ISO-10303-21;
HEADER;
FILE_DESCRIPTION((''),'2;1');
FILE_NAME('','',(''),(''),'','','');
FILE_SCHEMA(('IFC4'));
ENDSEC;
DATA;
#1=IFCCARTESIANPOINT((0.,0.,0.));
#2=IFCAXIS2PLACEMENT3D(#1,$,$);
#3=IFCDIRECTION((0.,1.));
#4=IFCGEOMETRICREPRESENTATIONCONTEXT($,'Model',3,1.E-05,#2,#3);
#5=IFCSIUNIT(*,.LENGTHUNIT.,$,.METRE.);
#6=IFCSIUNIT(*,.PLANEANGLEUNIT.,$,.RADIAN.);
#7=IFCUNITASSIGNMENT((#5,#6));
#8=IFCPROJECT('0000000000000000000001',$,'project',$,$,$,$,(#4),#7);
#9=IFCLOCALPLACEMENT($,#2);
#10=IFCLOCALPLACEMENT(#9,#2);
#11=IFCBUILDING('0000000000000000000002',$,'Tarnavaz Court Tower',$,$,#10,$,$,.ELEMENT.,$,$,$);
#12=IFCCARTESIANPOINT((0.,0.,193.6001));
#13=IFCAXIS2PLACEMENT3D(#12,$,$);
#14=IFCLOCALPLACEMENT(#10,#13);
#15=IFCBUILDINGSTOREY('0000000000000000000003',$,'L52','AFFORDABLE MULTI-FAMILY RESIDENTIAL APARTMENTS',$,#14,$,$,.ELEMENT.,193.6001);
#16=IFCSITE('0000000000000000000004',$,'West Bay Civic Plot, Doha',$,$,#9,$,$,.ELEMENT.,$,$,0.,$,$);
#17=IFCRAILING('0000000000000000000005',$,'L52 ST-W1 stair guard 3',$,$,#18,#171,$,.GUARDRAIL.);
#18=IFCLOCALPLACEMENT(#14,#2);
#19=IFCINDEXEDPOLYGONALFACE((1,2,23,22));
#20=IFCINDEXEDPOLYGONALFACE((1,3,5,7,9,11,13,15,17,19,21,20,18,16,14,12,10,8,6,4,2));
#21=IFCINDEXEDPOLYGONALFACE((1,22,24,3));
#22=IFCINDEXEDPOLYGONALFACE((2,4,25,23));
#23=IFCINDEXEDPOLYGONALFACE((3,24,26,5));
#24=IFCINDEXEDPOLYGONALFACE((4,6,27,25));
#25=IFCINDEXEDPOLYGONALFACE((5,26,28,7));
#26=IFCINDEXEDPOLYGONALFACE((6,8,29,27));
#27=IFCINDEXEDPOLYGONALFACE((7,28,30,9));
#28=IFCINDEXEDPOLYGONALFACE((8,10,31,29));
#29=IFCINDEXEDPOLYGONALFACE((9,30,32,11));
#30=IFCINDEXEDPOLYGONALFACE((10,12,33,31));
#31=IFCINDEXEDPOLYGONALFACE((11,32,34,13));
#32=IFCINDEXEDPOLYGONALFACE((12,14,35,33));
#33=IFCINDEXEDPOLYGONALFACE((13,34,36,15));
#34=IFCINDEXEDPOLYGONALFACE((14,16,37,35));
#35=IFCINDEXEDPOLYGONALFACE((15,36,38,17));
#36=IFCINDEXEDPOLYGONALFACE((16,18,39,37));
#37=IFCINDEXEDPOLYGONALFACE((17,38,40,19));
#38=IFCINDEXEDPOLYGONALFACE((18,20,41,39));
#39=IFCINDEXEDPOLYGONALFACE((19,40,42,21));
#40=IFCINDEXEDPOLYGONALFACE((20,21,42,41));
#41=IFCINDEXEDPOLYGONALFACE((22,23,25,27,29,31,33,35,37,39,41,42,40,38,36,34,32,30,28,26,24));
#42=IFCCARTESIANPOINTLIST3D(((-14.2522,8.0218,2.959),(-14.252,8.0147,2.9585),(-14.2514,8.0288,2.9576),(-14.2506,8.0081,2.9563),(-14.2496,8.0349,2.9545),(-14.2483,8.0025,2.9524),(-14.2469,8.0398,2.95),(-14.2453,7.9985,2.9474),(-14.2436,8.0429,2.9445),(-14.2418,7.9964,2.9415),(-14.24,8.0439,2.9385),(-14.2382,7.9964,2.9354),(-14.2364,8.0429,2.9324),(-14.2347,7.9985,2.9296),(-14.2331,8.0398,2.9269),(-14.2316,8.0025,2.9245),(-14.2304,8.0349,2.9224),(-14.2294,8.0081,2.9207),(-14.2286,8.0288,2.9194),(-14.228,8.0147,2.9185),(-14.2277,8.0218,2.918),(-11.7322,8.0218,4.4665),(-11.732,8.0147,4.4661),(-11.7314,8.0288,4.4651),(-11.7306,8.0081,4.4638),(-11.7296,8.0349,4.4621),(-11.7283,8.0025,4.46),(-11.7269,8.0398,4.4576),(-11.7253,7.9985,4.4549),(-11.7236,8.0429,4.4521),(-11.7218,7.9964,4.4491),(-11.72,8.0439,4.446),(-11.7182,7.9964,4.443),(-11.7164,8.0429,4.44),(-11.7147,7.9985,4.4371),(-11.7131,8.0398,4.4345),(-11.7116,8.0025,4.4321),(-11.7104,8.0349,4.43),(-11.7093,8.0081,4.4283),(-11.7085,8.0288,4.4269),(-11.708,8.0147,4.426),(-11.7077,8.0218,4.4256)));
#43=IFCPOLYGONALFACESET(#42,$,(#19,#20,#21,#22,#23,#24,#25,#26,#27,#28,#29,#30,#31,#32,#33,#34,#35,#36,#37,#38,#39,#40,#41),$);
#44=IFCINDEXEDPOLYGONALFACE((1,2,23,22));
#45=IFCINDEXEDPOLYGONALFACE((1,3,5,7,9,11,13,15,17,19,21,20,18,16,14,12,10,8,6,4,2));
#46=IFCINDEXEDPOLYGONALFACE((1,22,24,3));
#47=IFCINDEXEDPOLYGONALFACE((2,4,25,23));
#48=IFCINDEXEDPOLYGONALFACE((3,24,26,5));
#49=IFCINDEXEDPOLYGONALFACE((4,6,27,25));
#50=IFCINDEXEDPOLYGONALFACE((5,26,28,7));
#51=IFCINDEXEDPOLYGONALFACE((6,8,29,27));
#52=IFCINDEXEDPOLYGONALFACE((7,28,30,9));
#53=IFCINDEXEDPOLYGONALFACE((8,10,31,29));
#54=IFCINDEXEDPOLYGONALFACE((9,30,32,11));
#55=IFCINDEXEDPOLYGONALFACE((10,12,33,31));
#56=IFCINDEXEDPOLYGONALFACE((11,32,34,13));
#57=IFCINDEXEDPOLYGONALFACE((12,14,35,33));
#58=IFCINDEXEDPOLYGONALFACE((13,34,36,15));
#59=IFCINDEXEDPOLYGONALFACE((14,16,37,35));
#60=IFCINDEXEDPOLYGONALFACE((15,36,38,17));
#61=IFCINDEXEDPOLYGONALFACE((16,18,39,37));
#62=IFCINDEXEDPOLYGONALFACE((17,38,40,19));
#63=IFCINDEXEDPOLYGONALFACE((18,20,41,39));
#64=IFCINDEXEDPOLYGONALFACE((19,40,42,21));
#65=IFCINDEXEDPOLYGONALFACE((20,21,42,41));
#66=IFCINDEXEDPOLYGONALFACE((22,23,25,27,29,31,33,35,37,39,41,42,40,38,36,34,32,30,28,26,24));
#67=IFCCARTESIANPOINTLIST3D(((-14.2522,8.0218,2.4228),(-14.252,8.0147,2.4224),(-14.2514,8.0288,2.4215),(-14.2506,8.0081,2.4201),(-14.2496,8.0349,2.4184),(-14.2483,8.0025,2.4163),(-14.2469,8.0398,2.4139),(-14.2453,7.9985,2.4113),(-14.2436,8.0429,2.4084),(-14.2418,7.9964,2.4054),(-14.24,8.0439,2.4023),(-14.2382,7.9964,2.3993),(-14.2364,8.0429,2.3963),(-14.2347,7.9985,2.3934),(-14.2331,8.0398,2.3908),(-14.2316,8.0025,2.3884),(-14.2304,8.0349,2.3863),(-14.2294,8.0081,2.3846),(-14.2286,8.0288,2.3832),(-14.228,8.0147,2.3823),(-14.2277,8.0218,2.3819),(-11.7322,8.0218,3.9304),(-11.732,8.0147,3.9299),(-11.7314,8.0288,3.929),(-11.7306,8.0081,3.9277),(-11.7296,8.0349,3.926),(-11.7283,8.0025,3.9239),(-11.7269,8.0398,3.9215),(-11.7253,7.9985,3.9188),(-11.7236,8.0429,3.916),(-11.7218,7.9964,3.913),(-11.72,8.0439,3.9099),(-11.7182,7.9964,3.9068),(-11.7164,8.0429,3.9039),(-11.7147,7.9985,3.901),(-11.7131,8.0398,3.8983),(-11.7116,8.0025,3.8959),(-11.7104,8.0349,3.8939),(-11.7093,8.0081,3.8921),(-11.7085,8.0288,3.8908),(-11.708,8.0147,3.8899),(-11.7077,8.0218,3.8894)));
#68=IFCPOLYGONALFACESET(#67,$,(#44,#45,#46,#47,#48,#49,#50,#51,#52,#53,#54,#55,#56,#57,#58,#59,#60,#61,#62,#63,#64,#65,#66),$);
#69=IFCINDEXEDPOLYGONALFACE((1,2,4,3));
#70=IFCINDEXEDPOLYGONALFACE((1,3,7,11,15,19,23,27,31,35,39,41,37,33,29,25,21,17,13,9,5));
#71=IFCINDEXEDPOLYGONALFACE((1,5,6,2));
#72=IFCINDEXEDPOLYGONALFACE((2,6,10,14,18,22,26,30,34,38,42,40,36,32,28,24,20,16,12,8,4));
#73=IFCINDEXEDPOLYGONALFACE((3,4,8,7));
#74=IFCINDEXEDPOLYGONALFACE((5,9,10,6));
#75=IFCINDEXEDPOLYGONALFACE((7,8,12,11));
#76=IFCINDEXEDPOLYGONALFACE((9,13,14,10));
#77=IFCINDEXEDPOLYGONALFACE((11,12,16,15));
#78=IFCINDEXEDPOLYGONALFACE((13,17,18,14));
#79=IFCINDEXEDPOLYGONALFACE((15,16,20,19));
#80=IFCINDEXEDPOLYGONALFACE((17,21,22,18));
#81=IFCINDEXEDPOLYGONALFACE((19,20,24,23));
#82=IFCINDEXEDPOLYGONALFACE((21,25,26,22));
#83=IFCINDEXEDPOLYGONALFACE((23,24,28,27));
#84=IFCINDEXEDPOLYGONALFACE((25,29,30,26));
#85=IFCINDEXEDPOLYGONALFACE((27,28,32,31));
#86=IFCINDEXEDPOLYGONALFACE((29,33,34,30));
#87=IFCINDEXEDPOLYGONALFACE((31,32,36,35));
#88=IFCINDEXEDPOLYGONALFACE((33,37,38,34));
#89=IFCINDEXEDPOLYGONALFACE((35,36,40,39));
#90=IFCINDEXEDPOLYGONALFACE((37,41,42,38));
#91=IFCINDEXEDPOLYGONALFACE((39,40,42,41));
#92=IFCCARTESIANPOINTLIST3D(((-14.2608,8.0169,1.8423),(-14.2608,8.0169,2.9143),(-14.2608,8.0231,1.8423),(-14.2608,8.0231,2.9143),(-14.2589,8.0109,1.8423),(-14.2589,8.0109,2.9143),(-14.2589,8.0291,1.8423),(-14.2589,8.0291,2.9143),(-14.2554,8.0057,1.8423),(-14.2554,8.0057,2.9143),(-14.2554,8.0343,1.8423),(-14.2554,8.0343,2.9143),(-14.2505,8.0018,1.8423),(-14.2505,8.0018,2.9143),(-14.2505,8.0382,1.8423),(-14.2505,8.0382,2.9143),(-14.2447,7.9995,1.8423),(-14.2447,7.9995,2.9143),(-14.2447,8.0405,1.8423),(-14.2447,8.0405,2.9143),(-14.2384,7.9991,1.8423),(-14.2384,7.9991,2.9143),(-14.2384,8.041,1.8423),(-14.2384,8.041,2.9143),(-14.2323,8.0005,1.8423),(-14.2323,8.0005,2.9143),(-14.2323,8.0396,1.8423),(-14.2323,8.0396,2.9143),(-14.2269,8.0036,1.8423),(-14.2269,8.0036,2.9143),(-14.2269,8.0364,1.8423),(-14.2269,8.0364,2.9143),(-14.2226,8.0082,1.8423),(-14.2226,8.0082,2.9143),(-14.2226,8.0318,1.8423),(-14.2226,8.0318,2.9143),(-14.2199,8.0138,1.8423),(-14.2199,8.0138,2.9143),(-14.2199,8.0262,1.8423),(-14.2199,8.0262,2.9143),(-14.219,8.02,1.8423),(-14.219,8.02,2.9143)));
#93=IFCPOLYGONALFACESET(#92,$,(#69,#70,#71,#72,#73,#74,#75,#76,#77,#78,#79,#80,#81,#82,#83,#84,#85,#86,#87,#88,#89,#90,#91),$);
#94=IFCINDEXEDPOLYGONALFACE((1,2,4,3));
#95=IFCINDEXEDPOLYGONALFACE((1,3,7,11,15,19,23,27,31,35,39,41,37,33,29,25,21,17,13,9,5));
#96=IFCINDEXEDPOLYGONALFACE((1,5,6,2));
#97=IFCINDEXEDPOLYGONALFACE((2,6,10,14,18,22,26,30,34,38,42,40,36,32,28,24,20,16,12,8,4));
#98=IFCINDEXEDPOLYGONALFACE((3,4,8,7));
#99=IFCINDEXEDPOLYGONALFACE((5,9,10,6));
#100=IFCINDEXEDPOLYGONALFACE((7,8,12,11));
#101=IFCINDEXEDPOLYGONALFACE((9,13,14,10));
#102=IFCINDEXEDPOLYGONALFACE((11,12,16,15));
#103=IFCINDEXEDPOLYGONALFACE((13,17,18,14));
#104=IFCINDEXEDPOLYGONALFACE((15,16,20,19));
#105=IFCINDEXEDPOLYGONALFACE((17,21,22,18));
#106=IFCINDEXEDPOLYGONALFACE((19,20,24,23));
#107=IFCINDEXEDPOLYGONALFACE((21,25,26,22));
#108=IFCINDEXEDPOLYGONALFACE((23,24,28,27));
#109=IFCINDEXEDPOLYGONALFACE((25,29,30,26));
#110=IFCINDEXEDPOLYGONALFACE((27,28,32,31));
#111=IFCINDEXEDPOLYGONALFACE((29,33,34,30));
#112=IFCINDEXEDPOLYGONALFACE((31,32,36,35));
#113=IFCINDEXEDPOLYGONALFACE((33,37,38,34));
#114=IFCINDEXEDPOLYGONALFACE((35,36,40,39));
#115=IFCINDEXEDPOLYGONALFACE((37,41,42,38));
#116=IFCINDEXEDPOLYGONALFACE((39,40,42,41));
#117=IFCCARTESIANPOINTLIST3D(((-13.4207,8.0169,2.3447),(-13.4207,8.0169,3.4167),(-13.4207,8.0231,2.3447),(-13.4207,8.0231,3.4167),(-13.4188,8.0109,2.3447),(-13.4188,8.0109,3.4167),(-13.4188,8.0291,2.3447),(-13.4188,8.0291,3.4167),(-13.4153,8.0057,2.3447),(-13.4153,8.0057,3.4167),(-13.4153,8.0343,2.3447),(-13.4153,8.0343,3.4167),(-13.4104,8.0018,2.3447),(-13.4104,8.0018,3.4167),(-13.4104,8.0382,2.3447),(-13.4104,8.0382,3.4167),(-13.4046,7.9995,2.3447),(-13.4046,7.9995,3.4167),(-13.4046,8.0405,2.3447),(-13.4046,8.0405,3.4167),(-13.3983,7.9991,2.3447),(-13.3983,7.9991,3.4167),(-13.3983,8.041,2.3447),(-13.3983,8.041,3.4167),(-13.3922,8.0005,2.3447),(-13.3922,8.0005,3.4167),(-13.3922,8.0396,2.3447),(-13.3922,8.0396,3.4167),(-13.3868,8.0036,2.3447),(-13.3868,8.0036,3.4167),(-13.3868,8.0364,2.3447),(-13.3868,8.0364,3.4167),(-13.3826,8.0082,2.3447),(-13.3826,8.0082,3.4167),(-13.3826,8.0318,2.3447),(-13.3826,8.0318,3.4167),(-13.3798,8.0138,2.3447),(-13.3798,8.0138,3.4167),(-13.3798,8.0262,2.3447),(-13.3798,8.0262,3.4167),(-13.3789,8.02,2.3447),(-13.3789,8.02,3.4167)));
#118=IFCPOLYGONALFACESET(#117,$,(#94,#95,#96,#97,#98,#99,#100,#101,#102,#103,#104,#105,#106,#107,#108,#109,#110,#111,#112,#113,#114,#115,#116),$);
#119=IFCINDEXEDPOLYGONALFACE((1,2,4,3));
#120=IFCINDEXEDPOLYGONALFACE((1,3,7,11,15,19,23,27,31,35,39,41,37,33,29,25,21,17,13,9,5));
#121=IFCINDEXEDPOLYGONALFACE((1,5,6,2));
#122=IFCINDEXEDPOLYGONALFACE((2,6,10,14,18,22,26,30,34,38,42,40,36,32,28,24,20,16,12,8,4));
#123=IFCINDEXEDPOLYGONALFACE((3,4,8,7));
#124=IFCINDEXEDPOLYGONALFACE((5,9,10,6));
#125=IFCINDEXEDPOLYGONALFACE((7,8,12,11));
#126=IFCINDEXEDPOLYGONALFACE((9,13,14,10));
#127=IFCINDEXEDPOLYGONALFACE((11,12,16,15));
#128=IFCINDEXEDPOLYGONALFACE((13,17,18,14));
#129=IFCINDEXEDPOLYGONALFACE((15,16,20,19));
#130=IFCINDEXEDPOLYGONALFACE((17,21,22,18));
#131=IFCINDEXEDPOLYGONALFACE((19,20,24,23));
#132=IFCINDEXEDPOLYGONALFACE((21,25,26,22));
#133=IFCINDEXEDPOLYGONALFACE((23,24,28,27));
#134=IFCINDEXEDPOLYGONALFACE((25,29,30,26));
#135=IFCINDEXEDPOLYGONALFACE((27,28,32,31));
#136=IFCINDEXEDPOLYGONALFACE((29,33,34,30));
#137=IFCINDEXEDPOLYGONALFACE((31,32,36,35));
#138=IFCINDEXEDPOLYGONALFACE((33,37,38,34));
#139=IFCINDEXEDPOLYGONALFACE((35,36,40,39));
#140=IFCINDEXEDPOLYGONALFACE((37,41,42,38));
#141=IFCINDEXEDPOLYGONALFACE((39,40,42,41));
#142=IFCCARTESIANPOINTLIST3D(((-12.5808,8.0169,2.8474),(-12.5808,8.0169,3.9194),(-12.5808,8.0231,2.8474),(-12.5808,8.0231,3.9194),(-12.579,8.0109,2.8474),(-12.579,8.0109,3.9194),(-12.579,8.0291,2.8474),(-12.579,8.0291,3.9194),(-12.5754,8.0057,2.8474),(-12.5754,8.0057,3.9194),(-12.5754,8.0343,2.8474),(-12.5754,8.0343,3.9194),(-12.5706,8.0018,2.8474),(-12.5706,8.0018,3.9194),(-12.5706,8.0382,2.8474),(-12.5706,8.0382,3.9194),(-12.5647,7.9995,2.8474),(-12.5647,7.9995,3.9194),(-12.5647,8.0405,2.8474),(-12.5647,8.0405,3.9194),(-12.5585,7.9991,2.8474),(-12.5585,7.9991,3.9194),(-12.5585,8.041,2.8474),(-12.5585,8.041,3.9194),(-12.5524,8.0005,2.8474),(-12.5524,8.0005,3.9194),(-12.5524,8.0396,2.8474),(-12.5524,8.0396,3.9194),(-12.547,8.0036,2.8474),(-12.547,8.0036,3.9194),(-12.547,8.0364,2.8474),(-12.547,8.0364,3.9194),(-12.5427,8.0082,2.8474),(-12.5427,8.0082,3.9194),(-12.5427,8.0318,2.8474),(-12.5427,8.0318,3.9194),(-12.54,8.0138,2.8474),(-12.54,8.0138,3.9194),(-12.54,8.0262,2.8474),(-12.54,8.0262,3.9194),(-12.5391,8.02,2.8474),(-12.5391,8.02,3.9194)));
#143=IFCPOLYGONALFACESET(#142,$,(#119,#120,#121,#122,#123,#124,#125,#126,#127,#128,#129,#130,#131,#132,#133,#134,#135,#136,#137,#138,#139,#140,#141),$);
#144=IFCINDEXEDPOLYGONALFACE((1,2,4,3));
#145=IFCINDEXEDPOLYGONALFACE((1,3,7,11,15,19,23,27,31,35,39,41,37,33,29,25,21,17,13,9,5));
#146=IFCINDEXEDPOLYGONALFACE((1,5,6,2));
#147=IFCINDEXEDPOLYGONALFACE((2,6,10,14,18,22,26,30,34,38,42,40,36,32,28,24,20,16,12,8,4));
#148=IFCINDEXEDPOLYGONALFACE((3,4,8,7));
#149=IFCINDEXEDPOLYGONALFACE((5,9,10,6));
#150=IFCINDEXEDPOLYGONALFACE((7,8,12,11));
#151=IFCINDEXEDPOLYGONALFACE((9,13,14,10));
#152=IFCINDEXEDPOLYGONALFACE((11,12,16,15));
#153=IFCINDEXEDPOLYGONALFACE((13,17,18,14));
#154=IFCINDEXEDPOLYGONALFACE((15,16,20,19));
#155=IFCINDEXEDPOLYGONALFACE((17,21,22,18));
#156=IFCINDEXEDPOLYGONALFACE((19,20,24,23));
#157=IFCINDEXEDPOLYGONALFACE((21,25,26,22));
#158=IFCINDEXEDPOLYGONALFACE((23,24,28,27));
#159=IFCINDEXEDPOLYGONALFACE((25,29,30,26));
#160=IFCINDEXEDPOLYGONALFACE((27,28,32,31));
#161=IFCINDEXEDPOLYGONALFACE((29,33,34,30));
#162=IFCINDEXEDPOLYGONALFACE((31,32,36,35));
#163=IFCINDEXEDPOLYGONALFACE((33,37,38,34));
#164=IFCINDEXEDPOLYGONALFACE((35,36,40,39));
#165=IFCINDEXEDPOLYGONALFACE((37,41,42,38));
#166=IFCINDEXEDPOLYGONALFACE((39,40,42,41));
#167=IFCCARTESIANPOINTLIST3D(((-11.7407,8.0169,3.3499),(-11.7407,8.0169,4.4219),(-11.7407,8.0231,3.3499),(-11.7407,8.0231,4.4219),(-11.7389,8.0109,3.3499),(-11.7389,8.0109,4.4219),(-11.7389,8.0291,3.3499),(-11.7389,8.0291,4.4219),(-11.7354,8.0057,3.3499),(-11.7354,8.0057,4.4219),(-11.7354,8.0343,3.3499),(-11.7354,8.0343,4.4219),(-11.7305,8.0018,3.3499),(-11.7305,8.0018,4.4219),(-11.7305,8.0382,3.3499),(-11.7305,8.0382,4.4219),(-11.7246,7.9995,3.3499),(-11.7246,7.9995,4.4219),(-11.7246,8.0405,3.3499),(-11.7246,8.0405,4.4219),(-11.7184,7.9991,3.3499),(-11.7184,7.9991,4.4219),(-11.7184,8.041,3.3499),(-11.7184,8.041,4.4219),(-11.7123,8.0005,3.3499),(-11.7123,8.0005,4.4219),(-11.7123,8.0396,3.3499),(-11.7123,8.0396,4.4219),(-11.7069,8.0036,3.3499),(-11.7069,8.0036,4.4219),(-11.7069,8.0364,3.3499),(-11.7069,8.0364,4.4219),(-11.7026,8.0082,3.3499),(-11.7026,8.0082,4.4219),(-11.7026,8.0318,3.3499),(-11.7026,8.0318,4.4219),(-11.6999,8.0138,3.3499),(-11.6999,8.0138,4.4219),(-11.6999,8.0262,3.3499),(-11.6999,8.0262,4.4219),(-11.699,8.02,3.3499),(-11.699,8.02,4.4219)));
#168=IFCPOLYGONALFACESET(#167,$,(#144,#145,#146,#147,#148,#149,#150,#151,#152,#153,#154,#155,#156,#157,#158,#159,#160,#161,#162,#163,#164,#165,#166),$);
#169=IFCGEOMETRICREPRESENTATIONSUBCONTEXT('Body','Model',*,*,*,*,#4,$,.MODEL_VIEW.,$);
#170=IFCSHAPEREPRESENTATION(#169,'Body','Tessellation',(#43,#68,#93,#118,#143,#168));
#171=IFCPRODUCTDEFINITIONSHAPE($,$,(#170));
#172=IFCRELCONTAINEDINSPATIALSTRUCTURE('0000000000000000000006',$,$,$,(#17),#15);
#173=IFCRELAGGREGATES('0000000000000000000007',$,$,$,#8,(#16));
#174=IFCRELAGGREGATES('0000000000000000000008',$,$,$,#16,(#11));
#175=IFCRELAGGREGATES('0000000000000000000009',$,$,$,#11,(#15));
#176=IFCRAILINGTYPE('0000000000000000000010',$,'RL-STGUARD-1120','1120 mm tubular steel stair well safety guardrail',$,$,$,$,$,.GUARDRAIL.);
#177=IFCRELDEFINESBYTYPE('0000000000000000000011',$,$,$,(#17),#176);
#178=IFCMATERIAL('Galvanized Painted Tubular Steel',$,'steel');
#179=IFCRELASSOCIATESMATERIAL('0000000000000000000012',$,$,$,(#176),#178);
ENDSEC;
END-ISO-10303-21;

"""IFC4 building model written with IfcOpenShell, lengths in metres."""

from ifc_helpers import new_model, si_unit, direction, frame, origin, origin_2d, place, context, subcontext, project, spatial, circle, extrude, material, type_object, element, save


model = new_model("IFC4")

# Units and contexts
model_context = context("Model", 3, precision=1e-05, world=origin(), true_north=direction((0.0, 1.0)))
body_context = subcontext(model_context, "Body", "Model", "MODEL_VIEW")
ifc_project = project(units=[si_unit("LENGTHUNIT", "METRE"), si_unit("PLANEANGLEUNIT", "RADIAN")], contexts=[model_context])

# Site, building, storey
site_placement = place(None, origin())
site = spatial("IfcSite", under=ifc_project, at=site_placement, Name="West Bay Civic Plot, Doha", CompositionType="ELEMENT", RefElevation=0.0)
building_placement = place(site_placement, origin())
building = spatial("IfcBuilding", under=site, at=building_placement, Name="Tarnavaz Court Tower", CompositionType="ELEMENT")
storey_placement = place(building_placement, frame((0.0, 0.0, 193.6001)))
storey = spatial("IfcBuildingStorey", under=building, at=storey_placement, Name="L52", Description="AFFORDABLE MULTI-FAMILY RESIDENTIAL APARTMENTS", CompositionType="ELEMENT", Elevation=193.6001)

# Railing
ifc_material_1 = material(Name="Galvanized Painted Tubular Steel", Category="steel")
railing_type_1 = type_object("IfcRailingType", Name="RL-STGUARD-1120", Description="1120 mm tubular steel stair well safety guardrail", PredefinedType="GUARDRAIL", material=ifc_material_1)
railing_1_placement = place(storey_placement, frame((-14.24, 8.02, 1.8423)))
element("IfcRailing", 1, at=railing_1_placement, inside=storey, type_object=railing_type_1, Name="L52 ST-W1 stair guard 3", PredefinedType="GUARDRAIL", context=body_context, shape_type="SweptSolid", body=[
    extrude(circle(Radius=0.0239, at=origin_2d()), frame((0.0, 0.0, 1.0962), z_axis=(0.85816, 0.0, 0.513383), x_axis=(0.0, 1.0, 0.0)), (0.0, 0.0, 1.0), 2.9365),
    extrude(circle(Radius=0.0239, at=origin_2d()), frame((0.0, 0.0, 0.5601), z_axis=(0.85816, 0.0, 0.513383), x_axis=(0.0, 1.0, 0.0)), (0.0, 0.0, 1.0), 2.9365),
    extrude(circle(Radius=0.021, at=origin_2d()), origin(), (0.0, 0.0, 1.0), 1.072),
    extrude(circle(Radius=0.021, at=origin_2d()), frame((0.8401, 0.0, 0.5024)), (0.0, 0.0, 1.0), 1.072),
    extrude(circle(Radius=0.021, at=origin_2d()), frame((1.6799, 0.0, 1.0051)), (0.0, 0.0, 1.0), 1.072),
    extrude(circle(Radius=0.021, at=origin_2d()), frame((2.52, 0.0, 1.5076)), (0.0, 0.0, 1.0), 1.072),
])

save(model, "model.ifc")
